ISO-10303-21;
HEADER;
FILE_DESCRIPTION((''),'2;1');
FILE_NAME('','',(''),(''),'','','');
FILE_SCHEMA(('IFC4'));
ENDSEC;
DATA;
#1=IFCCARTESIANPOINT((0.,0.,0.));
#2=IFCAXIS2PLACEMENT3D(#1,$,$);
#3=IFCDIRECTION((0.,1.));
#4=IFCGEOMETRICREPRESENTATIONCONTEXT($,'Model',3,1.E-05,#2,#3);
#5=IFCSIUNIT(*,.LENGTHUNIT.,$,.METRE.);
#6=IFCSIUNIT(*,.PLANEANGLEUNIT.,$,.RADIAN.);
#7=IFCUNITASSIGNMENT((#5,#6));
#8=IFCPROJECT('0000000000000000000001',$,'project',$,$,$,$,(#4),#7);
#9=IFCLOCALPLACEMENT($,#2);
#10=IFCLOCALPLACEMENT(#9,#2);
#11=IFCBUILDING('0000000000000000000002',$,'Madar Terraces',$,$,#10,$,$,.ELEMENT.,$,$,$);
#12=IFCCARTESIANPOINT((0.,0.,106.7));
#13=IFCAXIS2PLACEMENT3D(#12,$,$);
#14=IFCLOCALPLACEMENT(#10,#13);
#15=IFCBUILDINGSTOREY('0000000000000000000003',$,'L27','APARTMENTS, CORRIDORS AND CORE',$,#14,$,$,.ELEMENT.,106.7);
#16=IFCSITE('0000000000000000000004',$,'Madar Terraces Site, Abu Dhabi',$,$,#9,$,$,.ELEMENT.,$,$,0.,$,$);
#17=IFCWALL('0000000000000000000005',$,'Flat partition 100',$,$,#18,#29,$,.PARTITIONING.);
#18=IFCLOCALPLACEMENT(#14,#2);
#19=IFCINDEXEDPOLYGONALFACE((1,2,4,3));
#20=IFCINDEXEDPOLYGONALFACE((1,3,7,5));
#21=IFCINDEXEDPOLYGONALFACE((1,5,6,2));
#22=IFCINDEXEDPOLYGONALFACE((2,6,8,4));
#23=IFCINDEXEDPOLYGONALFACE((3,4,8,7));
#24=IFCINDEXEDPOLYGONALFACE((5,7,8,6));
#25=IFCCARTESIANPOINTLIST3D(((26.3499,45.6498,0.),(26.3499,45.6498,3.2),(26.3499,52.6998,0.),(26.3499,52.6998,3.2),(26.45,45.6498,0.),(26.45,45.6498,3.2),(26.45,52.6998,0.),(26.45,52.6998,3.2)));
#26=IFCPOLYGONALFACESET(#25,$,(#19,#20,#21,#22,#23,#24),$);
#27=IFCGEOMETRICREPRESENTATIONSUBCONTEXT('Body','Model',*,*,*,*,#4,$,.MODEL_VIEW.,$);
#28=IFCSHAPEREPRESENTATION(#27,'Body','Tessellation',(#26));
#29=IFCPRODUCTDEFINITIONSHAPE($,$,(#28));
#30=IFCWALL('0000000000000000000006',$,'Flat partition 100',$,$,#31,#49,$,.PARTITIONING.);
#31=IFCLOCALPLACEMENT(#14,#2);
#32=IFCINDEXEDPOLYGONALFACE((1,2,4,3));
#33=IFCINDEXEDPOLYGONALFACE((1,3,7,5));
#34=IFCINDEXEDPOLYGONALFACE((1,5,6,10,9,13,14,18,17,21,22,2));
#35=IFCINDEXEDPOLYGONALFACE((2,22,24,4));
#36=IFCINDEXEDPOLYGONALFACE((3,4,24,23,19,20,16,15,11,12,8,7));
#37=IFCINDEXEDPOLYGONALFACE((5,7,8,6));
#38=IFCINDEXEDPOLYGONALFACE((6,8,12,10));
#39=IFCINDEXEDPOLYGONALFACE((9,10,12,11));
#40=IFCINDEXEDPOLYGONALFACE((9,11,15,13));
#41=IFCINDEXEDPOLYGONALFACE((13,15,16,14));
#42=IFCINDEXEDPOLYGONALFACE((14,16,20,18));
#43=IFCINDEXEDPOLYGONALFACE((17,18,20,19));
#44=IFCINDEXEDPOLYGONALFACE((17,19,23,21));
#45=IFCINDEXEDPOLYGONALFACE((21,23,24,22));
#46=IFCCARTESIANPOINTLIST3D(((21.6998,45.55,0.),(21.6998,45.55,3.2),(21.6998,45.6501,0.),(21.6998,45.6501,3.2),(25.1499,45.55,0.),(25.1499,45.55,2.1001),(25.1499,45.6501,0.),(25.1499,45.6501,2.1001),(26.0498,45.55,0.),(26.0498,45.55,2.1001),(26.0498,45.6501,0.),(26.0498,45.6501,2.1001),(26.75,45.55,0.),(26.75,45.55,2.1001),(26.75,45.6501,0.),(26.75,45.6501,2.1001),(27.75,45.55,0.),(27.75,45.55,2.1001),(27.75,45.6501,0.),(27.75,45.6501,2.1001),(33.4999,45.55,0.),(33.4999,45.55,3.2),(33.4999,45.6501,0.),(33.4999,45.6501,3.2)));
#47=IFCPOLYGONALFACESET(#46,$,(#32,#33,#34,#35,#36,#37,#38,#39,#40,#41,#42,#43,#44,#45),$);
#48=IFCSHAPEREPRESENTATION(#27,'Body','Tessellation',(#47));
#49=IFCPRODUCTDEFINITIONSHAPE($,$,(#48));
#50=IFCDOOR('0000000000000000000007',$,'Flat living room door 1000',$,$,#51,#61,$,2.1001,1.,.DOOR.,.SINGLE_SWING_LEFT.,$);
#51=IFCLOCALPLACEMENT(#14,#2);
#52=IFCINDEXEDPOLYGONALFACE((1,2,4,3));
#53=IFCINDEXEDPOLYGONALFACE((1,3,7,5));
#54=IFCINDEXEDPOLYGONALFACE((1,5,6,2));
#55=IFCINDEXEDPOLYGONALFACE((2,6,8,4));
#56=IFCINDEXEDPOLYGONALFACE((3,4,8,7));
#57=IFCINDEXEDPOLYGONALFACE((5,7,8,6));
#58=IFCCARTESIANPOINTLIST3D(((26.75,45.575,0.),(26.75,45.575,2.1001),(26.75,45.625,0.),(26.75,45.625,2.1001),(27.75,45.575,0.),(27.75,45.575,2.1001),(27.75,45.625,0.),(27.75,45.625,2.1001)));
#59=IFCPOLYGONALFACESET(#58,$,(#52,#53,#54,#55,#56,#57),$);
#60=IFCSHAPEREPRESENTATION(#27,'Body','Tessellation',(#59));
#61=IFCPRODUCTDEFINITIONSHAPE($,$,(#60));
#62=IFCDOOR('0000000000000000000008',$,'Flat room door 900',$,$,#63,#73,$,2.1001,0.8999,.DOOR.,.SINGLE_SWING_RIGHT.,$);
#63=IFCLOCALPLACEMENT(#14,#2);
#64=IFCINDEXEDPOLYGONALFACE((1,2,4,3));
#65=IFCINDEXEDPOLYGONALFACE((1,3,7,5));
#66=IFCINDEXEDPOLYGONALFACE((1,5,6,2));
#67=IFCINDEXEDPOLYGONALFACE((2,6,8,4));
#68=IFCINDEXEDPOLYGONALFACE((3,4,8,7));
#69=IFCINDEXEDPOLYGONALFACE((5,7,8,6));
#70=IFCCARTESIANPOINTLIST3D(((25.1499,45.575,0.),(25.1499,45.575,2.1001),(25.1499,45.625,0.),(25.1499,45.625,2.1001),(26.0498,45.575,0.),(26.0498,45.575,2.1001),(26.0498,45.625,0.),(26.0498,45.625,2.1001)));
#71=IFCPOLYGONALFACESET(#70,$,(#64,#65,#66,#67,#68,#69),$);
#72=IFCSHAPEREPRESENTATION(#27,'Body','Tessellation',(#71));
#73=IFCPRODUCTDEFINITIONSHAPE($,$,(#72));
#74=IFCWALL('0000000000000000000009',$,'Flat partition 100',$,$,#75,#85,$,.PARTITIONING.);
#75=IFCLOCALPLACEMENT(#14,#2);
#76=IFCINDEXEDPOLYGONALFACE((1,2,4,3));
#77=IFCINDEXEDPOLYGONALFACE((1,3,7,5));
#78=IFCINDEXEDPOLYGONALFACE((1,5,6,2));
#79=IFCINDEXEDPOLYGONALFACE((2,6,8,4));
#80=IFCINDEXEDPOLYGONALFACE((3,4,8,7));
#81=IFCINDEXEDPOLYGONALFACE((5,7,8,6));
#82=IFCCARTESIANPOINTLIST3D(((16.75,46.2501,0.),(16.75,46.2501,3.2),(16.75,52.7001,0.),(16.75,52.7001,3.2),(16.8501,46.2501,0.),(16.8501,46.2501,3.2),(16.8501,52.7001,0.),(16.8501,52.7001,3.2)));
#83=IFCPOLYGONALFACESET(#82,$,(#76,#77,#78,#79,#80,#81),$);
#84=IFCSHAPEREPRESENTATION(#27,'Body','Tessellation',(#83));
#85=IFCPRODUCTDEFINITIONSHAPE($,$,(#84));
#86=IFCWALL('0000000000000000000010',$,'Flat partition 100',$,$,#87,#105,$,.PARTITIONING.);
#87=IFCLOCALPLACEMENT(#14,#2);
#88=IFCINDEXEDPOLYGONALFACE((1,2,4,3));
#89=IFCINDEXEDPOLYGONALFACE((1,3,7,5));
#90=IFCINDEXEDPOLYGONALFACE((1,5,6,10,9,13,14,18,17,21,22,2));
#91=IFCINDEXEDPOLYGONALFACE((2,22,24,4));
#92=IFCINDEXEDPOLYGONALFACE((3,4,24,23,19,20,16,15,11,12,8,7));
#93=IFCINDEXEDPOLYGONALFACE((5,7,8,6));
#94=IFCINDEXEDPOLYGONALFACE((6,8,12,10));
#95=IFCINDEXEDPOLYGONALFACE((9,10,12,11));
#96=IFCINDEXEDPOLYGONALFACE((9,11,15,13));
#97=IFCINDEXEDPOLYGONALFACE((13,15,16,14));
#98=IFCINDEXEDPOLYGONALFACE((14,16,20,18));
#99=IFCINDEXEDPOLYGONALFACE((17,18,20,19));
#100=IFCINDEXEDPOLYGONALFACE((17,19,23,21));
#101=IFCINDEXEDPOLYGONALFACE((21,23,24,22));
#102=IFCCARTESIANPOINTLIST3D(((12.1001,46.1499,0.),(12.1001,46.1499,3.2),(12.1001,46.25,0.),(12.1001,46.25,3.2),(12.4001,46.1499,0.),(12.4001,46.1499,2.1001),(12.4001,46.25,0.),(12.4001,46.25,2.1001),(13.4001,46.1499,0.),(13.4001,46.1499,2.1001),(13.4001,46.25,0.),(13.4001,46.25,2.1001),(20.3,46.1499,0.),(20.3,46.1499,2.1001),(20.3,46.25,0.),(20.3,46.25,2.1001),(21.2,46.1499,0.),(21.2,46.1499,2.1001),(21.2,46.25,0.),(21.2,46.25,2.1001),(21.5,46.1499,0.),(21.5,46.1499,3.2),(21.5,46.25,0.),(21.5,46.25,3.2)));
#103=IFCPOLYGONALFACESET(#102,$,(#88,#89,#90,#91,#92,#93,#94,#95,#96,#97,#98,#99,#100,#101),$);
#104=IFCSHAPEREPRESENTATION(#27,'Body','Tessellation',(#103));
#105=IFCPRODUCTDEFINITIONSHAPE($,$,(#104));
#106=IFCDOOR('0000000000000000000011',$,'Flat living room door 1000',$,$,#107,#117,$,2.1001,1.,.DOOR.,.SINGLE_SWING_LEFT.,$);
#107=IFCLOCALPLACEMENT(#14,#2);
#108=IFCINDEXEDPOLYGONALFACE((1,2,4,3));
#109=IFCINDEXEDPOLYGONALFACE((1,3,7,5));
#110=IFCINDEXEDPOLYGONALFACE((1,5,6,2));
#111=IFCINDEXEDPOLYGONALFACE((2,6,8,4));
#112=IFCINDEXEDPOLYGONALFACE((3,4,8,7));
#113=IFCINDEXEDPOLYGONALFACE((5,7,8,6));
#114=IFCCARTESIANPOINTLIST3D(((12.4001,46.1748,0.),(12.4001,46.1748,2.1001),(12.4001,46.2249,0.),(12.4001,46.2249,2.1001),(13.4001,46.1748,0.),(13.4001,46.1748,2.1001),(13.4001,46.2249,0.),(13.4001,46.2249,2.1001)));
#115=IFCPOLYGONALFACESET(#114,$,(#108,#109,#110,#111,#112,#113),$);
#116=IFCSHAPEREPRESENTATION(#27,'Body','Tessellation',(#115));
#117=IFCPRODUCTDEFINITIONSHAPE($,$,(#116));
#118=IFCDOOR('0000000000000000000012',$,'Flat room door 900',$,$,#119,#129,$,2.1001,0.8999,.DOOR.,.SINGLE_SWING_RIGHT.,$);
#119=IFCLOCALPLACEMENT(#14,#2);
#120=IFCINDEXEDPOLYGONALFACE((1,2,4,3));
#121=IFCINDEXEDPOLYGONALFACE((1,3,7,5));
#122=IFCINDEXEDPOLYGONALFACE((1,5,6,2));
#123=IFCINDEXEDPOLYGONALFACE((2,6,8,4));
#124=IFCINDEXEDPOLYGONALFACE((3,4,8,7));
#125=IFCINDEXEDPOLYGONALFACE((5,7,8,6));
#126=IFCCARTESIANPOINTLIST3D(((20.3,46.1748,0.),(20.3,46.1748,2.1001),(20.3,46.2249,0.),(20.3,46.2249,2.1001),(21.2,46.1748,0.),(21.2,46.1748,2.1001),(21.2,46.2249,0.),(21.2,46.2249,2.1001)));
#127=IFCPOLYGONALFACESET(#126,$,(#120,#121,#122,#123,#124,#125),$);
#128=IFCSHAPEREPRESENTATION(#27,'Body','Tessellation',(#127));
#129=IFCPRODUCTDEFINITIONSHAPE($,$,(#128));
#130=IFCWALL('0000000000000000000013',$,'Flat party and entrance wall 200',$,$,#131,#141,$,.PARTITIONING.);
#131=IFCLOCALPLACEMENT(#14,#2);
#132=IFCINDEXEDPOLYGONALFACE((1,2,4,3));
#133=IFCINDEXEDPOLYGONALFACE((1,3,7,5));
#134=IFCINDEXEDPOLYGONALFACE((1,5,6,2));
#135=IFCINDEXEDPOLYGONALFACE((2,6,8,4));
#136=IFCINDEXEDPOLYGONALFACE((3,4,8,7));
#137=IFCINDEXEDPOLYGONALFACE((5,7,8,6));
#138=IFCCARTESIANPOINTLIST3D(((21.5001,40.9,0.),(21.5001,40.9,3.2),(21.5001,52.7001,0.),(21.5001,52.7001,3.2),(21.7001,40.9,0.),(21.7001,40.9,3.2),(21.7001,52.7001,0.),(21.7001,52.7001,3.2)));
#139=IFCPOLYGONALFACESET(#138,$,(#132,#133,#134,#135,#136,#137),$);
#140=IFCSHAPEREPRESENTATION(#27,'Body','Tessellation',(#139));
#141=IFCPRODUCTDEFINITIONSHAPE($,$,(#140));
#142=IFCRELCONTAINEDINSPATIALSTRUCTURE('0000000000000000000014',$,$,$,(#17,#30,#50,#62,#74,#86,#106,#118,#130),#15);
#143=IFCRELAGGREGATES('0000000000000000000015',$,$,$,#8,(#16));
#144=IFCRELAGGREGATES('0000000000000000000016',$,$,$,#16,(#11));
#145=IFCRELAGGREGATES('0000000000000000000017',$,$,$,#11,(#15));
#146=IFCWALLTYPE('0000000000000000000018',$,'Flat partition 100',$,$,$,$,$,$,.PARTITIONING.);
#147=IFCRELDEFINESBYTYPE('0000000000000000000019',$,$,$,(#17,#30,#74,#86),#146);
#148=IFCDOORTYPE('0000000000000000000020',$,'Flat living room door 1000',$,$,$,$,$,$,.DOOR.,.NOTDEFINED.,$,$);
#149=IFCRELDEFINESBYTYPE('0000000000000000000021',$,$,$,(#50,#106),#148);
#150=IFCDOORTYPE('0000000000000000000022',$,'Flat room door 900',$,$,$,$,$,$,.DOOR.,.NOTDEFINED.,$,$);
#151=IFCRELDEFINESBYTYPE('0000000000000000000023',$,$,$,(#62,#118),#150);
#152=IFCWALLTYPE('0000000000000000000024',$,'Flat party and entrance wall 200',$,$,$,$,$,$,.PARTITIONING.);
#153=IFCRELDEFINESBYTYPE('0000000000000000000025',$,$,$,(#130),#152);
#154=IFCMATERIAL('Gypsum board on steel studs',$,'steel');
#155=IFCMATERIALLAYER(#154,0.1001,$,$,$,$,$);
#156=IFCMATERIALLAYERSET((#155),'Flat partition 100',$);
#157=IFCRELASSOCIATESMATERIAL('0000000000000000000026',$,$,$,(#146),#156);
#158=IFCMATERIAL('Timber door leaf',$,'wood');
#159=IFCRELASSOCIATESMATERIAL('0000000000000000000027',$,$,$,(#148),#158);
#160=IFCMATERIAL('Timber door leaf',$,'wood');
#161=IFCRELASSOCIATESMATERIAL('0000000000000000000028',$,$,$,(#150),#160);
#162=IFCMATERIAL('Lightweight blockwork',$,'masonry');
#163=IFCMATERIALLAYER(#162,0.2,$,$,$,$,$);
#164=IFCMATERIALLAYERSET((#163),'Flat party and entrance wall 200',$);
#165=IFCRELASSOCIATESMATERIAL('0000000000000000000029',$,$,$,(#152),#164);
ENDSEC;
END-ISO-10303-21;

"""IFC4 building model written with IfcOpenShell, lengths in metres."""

from ifc_helpers import new_model, si_unit, direction, frame, frame_2d, origin, place, context, subcontext, project, spatial, rectangle, extrude, material, layer, layer_set, type_object, element, fill, save


model = new_model("IFC4")

# Units and contexts
model_context = context("Model", 3, precision=1e-05, world=origin(), true_north=direction((0.0, 1.0)))
body_context = subcontext(model_context, "Body", "Model", "MODEL_VIEW")
ifc_project = project(units=[si_unit("LENGTHUNIT", "METRE"), si_unit("PLANEANGLEUNIT", "RADIAN")], contexts=[model_context])

# Site, building, storey
site_placement = place(None, origin())
site = spatial("IfcSite", under=ifc_project, at=site_placement, Name="Madar Terraces Site, Abu Dhabi", CompositionType="ELEMENT", RefElevation=0.0)
building_placement = place(site_placement, origin())
building = spatial("IfcBuilding", under=site, at=building_placement, Name="Madar Terraces", CompositionType="ELEMENT")
storey_placement = place(building_placement, frame((0.0, 0.0, 106.7)))
storey = spatial("IfcBuildingStorey", under=building, at=storey_placement, Name="L27", Description="APARTMENTS, CORRIDORS AND CORE", CompositionType="ELEMENT", Elevation=106.7)

# Wall
ifc_material_1 = material(Name="Gypsum board on steel studs", Category="steel")
ifc_layer_1 = layer(ifc_material_1, 0.1001)
ifc_layer_set_1 = layer_set([ifc_layer_1], Name="Flat partition 100")
wall_type_1 = type_object("IfcWallType", Name="Flat partition 100", PredefinedType="PARTITIONING", material=ifc_layer_set_1)
wall_1_placement = place(storey_placement, frame((26.3999, 45.6499, 0.0), z_axis=(0.0, 0.0, 1.0), x_axis=(0.0, 1.0, 0.0)))
element("IfcWall", 1, at=wall_1_placement, inside=storey, type_object=wall_type_1, Name="Flat partition 100", PredefinedType="PARTITIONING", context=body_context, shape_type="SweptSolid", body=[
    extrude(rectangle(XDim=7.05, YDim=0.1001, at=frame_2d((3.5249, 0.0))), origin(), (0.0, 0.0, 1.0), 3.2),
])

# Wall, openings, doors
wall_2_placement = place(storey_placement, frame((21.7, 45.6001, 0.0), z_axis=(0.0, 0.0, 1.0), x_axis=(1.0, 0.0, 0.0)))
wall_2 = element("IfcWall", 2, at=wall_2_placement, inside=storey, type_object=wall_type_1, Name="Flat partition 100", PredefinedType="PARTITIONING", context=body_context, shape_type="SweptSolid", body=[
    extrude(rectangle(XDim=11.8, YDim=0.1001, at=frame_2d((5.8999, 0.0))), origin(), (0.0, 0.0, 1.0), 3.2),
])
opening_1_placement = place(wall_2_placement, frame((5.05, 0.0, 0.0)))
opening_1 = element("IfcOpeningElement", 3, at=opening_1_placement, cuts=wall_2, PredefinedType="OPENING", context=body_context, shape_type="SweptSolid", body=[
    extrude(rectangle(XDim=1.0, YDim=2.1001, at=frame_2d((0.5, 1.05))), frame((0.0, 0.0601, 0.0), z_axis=(0.0, -1.0, 0.0), x_axis=(1.0, 0.0, 0.0)), (0.0, 0.0, 1.0), 0.1201),
])
opening_2_placement = place(wall_2_placement, frame((3.45, 0.0, 0.0)))
opening_2 = element("IfcOpeningElement", 4, at=opening_2_placement, cuts=wall_2, PredefinedType="OPENING", context=body_context, shape_type="SweptSolid", body=[
    extrude(rectangle(XDim=0.8999, YDim=2.1001, at=frame_2d((0.45, 1.05))), frame((0.0, 0.0601, 0.0), z_axis=(0.0, -1.0, 0.0), x_axis=(1.0, 0.0, 0.0)), (0.0, 0.0, 1.0), 0.1201),
])
ifc_material_2 = material(Name="Timber door leaf", Category="wood")
door_type_1 = type_object("IfcDoorType", Name="Flat living room door 1000", OperationType="NOTDEFINED", PredefinedType="DOOR", material=ifc_material_2)
door_1_placement = place(opening_1_placement, origin())
door_1 = element("IfcDoor", 5, at=door_1_placement, inside=storey, type_object=door_type_1, Name="Flat living room door 1000", OperationType="SINGLE_SWING_LEFT", OverallHeight=2.1001, OverallWidth=1.0, PredefinedType="DOOR", context=body_context, shape_type="SweptSolid", body=[
    extrude(rectangle(XDim=1.0, YDim=2.1001, at=frame_2d((0.5, 1.05))), frame((0.0, 0.0249, 0.0), z_axis=(0.0, -1.0, 0.0), x_axis=(1.0, 0.0, 0.0)), (0.0, 0.0, 1.0), 0.05),
])
fill(opening_1, door_1)
ifc_material_3 = material(Name="Timber door leaf", Category="wood")
door_type_2 = type_object("IfcDoorType", Name="Flat room door 900", OperationType="NOTDEFINED", PredefinedType="DOOR", material=ifc_material_3)
door_2_placement = place(opening_2_placement, origin())
door_2 = element("IfcDoor", 6, at=door_2_placement, inside=storey, type_object=door_type_2, Name="Flat room door 900", OperationType="SINGLE_SWING_RIGHT", OverallHeight=2.1001, OverallWidth=0.8999, PredefinedType="DOOR", context=body_context, shape_type="SweptSolid", body=[
    extrude(rectangle(XDim=0.8999, YDim=2.1001, at=frame_2d((0.45, 1.05))), frame((0.0, 0.0249, 0.0), z_axis=(0.0, -1.0, 0.0), x_axis=(1.0, 0.0, 0.0)), (0.0, 0.0, 1.0), 0.05),
])
fill(opening_2, door_2)

# Wall
wall_3_placement = place(storey_placement, frame((16.8, 46.25, 0.0), z_axis=(0.0, 0.0, 1.0), x_axis=(0.0, 1.0, 0.0)))
element("IfcWall", 7, at=wall_3_placement, inside=storey, type_object=wall_type_1, Name="Flat partition 100", PredefinedType="PARTITIONING", context=body_context, shape_type="SweptSolid", body=[
    extrude(rectangle(XDim=6.45, YDim=0.1001, at=frame_2d((3.2251, 0.0))), origin(), (0.0, 0.0, 1.0), 3.2),
])

# Wall, openings, doors
wall_4_placement = place(storey_placement, frame((12.1001, 46.2, 0.0), z_axis=(0.0, 0.0, 1.0), x_axis=(1.0, 0.0, 0.0)))
wall_4 = element("IfcWall", 8, at=wall_4_placement, inside=storey, type_object=wall_type_1, Name="Flat partition 100", PredefinedType="PARTITIONING", context=body_context, shape_type="SweptSolid", body=[
    extrude(rectangle(XDim=9.3999, YDim=0.1001, at=frame_2d((4.7, 0.0))), origin(), (0.0, 0.0, 1.0), 3.2),
])
opening_3_placement = place(wall_4_placement, frame((0.3, 0.0, 0.0)))
opening_3 = element("IfcOpeningElement", 9, at=opening_3_placement, cuts=wall_4, PredefinedType="OPENING", context=body_context, shape_type="SweptSolid", body=[
    extrude(rectangle(XDim=1.0, YDim=2.1001, at=frame_2d((0.5, 1.05))), frame((0.0, 0.0601, 0.0), z_axis=(0.0, -1.0, 0.0), x_axis=(1.0, 0.0, 0.0)), (0.0, 0.0, 1.0), 0.1201),
])
opening_4_placement = place(wall_4_placement, frame((8.2, 0.0, 0.0)))
opening_4 = element("IfcOpeningElement", 10, at=opening_4_placement, cuts=wall_4, PredefinedType="OPENING", context=body_context, shape_type="SweptSolid", body=[
    extrude(rectangle(XDim=0.8999, YDim=2.1001, at=frame_2d((0.45, 1.05))), frame((0.0, 0.0601, 0.0), z_axis=(0.0, -1.0, 0.0), x_axis=(1.0, 0.0, 0.0)), (0.0, 0.0, 1.0), 0.1201),
])
door_3_placement = place(opening_3_placement, origin())
door_3 = element("IfcDoor", 11, at=door_3_placement, inside=storey, type_object=door_type_1, Name="Flat living room door 1000", OperationType="SINGLE_SWING_LEFT", OverallHeight=2.1001, OverallWidth=1.0, PredefinedType="DOOR", context=body_context, shape_type="SweptSolid", body=[
    extrude(rectangle(XDim=1.0, YDim=2.1001, at=frame_2d((0.5, 1.05))), frame((0.0, 0.0249, 0.0), z_axis=(0.0, -1.0, 0.0), x_axis=(1.0, 0.0, 0.0)), (0.0, 0.0, 1.0), 0.05),
])
fill(opening_3, door_3)
door_4_placement = place(opening_4_placement, origin())
door_4 = element("IfcDoor", 12, at=door_4_placement, inside=storey, type_object=door_type_2, Name="Flat room door 900", OperationType="SINGLE_SWING_RIGHT", OverallHeight=2.1001, OverallWidth=0.8999, PredefinedType="DOOR", context=body_context, shape_type="SweptSolid", body=[
    extrude(rectangle(XDim=0.8999, YDim=2.1001, at=frame_2d((0.45, 1.05))), frame((0.0, 0.0249, 0.0), z_axis=(0.0, -1.0, 0.0), x_axis=(1.0, 0.0, 0.0)), (0.0, 0.0, 1.0), 0.05),
])
fill(opening_4, door_4)

# Wall
ifc_material_4 = material(Name="Lightweight blockwork", Category="masonry")
ifc_layer_2 = layer(ifc_material_4, 0.2)
ifc_layer_set_2 = layer_set([ifc_layer_2], Name="Flat party and entrance wall 200")
wall_type_2 = type_object("IfcWallType", Name="Flat party and entrance wall 200", PredefinedType="PARTITIONING", material=ifc_layer_set_2)
wall_5_placement = place(storey_placement, frame((21.6001, 52.7, 0.0), z_axis=(0.0, 0.0, 1.0), x_axis=(0.0, -1.0, 0.0)))
element("IfcWall", 13, at=wall_5_placement, inside=storey, type_object=wall_type_2, Name="Flat party and entrance wall 200", PredefinedType="PARTITIONING", context=body_context, shape_type="SweptSolid", body=[
    extrude(rectangle(XDim=11.8, YDim=0.2, at=frame_2d((5.8999, 0.0))), origin(), (0.0, 0.0, 1.0), 3.2),
])

save(model, "model.ifc")
